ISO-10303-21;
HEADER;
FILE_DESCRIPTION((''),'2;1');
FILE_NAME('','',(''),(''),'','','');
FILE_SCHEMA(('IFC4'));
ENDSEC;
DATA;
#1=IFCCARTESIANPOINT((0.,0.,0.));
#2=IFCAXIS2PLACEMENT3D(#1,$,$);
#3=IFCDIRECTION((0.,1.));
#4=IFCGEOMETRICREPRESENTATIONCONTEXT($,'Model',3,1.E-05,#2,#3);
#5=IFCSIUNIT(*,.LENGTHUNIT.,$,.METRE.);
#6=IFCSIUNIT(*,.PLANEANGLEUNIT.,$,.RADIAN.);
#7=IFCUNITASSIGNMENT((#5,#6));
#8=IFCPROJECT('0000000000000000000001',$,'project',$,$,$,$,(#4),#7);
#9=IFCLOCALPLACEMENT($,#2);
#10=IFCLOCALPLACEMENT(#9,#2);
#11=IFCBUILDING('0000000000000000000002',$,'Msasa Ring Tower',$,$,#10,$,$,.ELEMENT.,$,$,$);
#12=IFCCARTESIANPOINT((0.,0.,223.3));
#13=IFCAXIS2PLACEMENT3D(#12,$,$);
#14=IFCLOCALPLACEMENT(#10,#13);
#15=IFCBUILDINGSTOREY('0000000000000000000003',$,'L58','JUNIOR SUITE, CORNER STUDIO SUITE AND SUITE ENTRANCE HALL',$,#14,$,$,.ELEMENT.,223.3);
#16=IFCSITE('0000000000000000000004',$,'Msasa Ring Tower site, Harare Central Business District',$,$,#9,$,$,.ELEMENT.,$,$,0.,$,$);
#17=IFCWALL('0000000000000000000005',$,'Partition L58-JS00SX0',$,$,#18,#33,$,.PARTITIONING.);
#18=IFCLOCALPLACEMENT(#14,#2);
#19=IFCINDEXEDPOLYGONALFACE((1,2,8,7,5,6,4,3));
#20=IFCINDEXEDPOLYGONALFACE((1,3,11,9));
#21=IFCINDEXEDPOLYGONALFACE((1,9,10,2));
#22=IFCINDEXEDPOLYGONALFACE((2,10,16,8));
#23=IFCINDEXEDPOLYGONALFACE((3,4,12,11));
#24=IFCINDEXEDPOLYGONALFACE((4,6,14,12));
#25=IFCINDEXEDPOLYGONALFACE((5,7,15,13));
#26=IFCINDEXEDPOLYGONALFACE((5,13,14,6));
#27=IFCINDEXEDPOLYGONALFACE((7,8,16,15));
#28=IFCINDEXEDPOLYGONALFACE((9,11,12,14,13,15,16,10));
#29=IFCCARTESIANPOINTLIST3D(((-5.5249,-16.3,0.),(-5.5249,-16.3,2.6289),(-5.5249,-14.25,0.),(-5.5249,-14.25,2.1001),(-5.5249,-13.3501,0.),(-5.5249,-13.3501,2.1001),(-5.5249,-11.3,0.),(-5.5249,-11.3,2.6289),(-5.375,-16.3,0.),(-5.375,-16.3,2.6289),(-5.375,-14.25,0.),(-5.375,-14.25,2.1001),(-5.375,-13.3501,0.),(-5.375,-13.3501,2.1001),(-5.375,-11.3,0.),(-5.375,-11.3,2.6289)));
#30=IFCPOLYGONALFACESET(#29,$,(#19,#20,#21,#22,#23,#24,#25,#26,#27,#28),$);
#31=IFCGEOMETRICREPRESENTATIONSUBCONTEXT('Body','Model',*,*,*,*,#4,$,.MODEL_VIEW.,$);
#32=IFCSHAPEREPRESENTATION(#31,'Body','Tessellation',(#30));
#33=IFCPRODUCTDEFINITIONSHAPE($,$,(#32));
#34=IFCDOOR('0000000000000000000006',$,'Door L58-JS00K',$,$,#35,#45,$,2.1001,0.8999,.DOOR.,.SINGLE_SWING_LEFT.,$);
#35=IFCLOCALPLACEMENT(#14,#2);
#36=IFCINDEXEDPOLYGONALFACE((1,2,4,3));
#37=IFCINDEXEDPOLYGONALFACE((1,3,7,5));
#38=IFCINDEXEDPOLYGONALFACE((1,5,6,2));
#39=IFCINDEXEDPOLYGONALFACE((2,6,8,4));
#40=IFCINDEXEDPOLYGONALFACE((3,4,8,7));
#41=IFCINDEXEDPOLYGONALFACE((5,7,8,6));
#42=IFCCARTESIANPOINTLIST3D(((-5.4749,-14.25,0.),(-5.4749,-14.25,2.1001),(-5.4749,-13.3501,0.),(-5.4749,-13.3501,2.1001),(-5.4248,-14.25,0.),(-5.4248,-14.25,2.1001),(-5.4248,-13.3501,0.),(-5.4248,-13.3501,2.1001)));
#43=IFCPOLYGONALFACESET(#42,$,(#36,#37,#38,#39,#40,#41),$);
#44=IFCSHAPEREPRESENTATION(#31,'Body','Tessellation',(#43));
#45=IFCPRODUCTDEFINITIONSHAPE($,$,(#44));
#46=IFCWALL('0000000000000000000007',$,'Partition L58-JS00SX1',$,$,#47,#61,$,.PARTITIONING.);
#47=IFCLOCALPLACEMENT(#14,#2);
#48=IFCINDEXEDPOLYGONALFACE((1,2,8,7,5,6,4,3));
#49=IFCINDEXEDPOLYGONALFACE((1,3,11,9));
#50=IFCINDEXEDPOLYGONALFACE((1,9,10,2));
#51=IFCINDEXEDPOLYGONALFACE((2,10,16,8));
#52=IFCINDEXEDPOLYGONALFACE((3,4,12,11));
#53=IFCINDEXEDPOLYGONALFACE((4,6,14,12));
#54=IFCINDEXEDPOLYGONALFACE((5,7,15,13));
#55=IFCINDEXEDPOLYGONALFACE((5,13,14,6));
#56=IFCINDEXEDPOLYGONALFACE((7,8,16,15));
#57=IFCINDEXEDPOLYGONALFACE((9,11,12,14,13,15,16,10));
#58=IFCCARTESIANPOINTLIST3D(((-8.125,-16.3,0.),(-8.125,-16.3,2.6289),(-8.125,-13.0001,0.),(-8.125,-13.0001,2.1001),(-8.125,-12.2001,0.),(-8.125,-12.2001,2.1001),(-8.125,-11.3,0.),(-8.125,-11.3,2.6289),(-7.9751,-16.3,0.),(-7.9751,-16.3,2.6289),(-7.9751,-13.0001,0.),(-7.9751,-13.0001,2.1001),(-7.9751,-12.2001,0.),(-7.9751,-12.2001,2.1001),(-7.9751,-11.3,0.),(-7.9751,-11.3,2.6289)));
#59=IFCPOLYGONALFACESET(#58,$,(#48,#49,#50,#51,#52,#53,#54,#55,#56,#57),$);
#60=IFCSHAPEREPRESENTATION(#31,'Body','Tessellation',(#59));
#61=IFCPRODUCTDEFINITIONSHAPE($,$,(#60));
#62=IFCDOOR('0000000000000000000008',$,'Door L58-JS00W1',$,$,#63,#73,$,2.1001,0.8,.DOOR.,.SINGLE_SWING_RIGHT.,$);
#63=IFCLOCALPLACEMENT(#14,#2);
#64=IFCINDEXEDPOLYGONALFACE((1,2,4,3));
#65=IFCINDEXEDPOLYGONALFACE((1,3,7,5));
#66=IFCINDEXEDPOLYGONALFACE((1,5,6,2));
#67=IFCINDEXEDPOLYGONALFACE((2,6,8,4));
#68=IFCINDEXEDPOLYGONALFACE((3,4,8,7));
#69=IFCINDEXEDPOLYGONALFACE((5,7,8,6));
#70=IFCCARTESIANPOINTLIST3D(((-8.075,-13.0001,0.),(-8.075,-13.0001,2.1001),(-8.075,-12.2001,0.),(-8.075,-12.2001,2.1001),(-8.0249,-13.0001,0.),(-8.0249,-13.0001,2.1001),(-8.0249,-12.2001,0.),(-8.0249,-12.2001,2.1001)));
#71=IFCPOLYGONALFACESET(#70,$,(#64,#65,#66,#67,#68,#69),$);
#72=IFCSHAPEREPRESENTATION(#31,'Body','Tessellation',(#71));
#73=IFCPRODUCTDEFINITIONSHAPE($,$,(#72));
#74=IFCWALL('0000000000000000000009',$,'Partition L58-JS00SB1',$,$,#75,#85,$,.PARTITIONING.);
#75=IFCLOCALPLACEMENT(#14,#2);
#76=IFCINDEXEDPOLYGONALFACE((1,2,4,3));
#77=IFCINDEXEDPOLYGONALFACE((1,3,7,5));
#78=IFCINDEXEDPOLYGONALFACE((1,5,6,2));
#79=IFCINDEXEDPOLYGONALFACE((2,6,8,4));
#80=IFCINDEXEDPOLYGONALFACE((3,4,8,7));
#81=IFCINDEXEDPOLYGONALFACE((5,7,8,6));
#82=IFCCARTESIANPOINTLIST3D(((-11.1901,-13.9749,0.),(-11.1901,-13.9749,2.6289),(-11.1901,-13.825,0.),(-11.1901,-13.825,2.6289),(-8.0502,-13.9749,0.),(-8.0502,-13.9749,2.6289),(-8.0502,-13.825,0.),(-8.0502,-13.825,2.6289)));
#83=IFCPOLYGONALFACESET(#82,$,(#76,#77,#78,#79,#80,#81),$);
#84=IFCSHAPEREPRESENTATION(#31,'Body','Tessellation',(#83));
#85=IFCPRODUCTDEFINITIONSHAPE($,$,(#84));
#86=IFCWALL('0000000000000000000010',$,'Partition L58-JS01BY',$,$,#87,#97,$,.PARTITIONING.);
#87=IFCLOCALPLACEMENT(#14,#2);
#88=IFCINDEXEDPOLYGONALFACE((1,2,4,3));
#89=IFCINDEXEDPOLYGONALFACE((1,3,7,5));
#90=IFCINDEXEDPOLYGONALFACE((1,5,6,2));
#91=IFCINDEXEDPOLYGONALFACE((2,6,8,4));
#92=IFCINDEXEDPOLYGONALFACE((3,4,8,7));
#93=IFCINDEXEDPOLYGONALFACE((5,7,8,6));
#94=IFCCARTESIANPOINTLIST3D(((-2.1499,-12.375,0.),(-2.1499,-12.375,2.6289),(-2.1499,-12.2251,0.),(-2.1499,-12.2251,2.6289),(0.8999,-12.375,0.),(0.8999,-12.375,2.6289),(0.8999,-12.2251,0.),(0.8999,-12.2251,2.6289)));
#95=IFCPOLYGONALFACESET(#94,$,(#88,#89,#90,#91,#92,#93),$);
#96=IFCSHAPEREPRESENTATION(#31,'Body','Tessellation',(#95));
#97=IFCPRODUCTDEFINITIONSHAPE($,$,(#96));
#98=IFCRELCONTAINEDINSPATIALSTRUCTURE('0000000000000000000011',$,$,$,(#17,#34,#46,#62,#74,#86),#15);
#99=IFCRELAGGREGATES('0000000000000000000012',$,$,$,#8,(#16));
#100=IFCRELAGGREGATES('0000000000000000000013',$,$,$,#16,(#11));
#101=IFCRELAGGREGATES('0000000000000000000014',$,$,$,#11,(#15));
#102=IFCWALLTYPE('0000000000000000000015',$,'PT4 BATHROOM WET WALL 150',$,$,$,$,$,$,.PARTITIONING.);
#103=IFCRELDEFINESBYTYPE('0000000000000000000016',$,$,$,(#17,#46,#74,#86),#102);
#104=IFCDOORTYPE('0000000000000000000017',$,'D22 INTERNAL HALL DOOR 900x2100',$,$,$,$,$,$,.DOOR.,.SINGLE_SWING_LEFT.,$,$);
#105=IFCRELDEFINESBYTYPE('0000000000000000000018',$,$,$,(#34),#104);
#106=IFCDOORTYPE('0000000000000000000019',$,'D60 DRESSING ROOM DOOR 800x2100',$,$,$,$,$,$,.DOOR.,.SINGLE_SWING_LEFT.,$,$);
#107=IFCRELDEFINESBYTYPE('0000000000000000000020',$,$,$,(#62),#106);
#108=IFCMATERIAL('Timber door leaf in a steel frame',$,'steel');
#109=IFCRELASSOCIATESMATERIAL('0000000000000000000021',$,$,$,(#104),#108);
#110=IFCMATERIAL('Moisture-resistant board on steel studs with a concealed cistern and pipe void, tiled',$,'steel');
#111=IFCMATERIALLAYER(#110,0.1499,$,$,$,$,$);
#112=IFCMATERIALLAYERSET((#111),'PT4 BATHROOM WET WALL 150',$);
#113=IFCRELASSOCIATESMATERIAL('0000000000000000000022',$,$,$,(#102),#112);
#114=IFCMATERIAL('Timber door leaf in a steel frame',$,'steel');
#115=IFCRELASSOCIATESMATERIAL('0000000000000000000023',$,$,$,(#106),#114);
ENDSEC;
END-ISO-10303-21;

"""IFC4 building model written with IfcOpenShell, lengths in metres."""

from ifc_helpers import new_model, si_unit, direction, frame, frame_2d, origin, place, context, subcontext, project, spatial, rectangle, extrude, material, layer, layer_set, type_object, element, fill, save


model = new_model("IFC4")

# Units and contexts
model_context = context("Model", 3, precision=1e-05, world=origin(), true_north=direction((0.0, 1.0)))
body_context = subcontext(model_context, "Body", "Model", "MODEL_VIEW")
ifc_project = project(units=[si_unit("LENGTHUNIT", "METRE"), si_unit("PLANEANGLEUNIT", "RADIAN")], contexts=[model_context])

# Site, building, storey
site_placement = place(None, origin())
site = spatial("IfcSite", under=ifc_project, at=site_placement, Name="Msasa Ring Tower site, Harare Central Business District", CompositionType="ELEMENT", RefElevation=0.0)
building_placement = place(site_placement, origin())
building = spatial("IfcBuilding", under=site, at=building_placement, Name="Msasa Ring Tower", CompositionType="ELEMENT")
storey_placement = place(building_placement, frame((0.0, 0.0, 223.3)))
storey = spatial("IfcBuildingStorey", under=building, at=storey_placement, Name="L58", Description="JUNIOR SUITE, CORNER STUDIO SUITE AND SUITE ENTRANCE HALL", CompositionType="ELEMENT", Elevation=223.3)

# Shared definitions
ifc_material_1 = material(Name="Timber door leaf in a steel frame", Category="steel")
door_type_1 = type_object("IfcDoorType", Name="D22 INTERNAL HALL DOOR 900x2100", OperationType="SINGLE_SWING_LEFT", PredefinedType="DOOR", material=ifc_material_1)

# Walls, openings, doors
ifc_material_2 = material(Name="Moisture-resistant board on steel studs with a concealed cistern and pipe void, tiled", Category="steel")
ifc_layer_1 = layer(ifc_material_2, 0.1499)
ifc_layer_set_1 = layer_set([ifc_layer_1], Name="PT4 BATHROOM WET WALL 150")
wall_type_1 = type_object("IfcWallType", Name="PT4 BATHROOM WET WALL 150", PredefinedType="PARTITIONING", material=ifc_layer_set_1)
wall_1_placement = place(storey_placement, frame((-5.45, -16.3, 0.0), z_axis=(0.0, 0.0, 1.0), x_axis=(0.0, 1.0, 0.0)))
wall_1 = element("IfcWall", 1, at=wall_1_placement, inside=storey, type_object=wall_type_1, Name="Partition L58-JS00SX0", PredefinedType="PARTITIONING", context=body_context, shape_type="SweptSolid", body=[
    extrude(rectangle(XDim=5.0, YDim=0.1499, at=frame_2d((2.5, 0.0))), origin(), (0.0, 0.0, 1.0), 2.6289),
])
opening_1_placement = place(wall_1_placement, frame((2.05, 0.0, 0.0)))
opening_1 = element("IfcOpeningElement", 2, at=opening_1_placement, cuts=wall_1, PredefinedType="OPENING", context=body_context, shape_type="SweptSolid", body=[
    extrude(rectangle(XDim=0.8999, YDim=2.1001, at=frame_2d((0.45, 1.05))), frame((0.0, 0.085, 0.0), z_axis=(0.0, -1.0, 0.0), x_axis=(1.0, 0.0, 0.0)), (0.0, 0.0, 1.0), 0.1699),
])
door_1_placement = place(opening_1_placement, origin())
door_1 = element("IfcDoor", 3, at=door_1_placement, inside=storey, type_object=door_type_1, Name="Door L58-JS00K", OperationType="SINGLE_SWING_LEFT", OverallHeight=2.1001, OverallWidth=0.8999, PredefinedType="DOOR", context=body_context, shape_type="SweptSolid", body=[
    extrude(rectangle(XDim=0.8999, YDim=2.1001, at=frame_2d((0.45, 1.05))), frame((0.0, 0.0249, 0.0), z_axis=(0.0, -1.0, 0.0), x_axis=(1.0, 0.0, 0.0)), (0.0, 0.0, 1.0), 0.05),
])
fill(opening_1, door_1)
wall_2_placement = place(storey_placement, frame((-8.05, -16.3, 0.0), z_axis=(0.0, 0.0, 1.0), x_axis=(0.0, 1.0, 0.0)))
wall_2 = element("IfcWall", 4, at=wall_2_placement, inside=storey, type_object=wall_type_1, Name="Partition L58-JS00SX1", PredefinedType="PARTITIONING", context=body_context, shape_type="SweptSolid", body=[
    extrude(rectangle(XDim=5.0, YDim=0.1499, at=frame_2d((2.5, 0.0))), origin(), (0.0, 0.0, 1.0), 2.6289),
])
opening_2_placement = place(wall_2_placement, frame((3.3, 0.0, 0.0)))
opening_2 = element("IfcOpeningElement", 5, at=opening_2_placement, cuts=wall_2, PredefinedType="OPENING", context=body_context, shape_type="SweptSolid", body=[
    extrude(rectangle(XDim=0.8, YDim=2.1001, at=frame_2d((0.3999, 1.05))), frame((0.0, 0.085, 0.0), z_axis=(0.0, -1.0, 0.0), x_axis=(1.0, 0.0, 0.0)), (0.0, 0.0, 1.0), 0.1699),
])
ifc_material_3 = material(Name="Timber door leaf in a steel frame", Category="steel")
door_type_2 = type_object("IfcDoorType", Name="D60 DRESSING ROOM DOOR 800x2100", OperationType="SINGLE_SWING_LEFT", PredefinedType="DOOR", material=ifc_material_3)
door_2_placement = place(opening_2_placement, origin())
door_2 = element("IfcDoor", 6, at=door_2_placement, inside=storey, type_object=door_type_2, Name="Door L58-JS00W1", OperationType="SINGLE_SWING_RIGHT", OverallHeight=2.1001, OverallWidth=0.8, PredefinedType="DOOR", context=body_context, shape_type="SweptSolid", body=[
    extrude(rectangle(XDim=0.8, YDim=2.1001, at=frame_2d((0.3999, 1.05))), frame((0.0, 0.0249, 0.0), z_axis=(0.0, -1.0, 0.0), x_axis=(1.0, 0.0, 0.0)), (0.0, 0.0, 1.0), 0.05),
])
fill(opening_2, door_2)

# Walls
wall_3_placement = place(storey_placement, frame((-11.1899, -13.8999, 0.0), z_axis=(0.0, 0.0, 1.0), x_axis=(1.0, 0.0, 0.0)))
element("IfcWall", 7, at=wall_3_placement, inside=storey, type_object=wall_type_1, Name="Partition L58-JS00SB1", PredefinedType="PARTITIONING", context=body_context, shape_type="SweptSolid", body=[
    extrude(rectangle(XDim=3.1399, YDim=0.1499, at=frame_2d((1.5698, 0.0))), origin(), (0.0, 0.0, 1.0), 2.6289),
])
wall_4_placement = place(storey_placement, frame((-2.1499, -12.3, 0.0), z_axis=(0.0, 0.0, 1.0), x_axis=(1.0, 0.0, 0.0)))
element("IfcWall", 8, at=wall_4_placement, inside=storey, type_object=wall_type_1, Name="Partition L58-JS01BY", PredefinedType="PARTITIONING", context=body_context, shape_type="SweptSolid", body=[
    extrude(rectangle(XDim=3.0498, YDim=0.1499, at=frame_2d((1.5249, 0.0))), origin(), (0.0, 0.0, 1.0), 2.6289),
])

save(model, "model.ifc")
